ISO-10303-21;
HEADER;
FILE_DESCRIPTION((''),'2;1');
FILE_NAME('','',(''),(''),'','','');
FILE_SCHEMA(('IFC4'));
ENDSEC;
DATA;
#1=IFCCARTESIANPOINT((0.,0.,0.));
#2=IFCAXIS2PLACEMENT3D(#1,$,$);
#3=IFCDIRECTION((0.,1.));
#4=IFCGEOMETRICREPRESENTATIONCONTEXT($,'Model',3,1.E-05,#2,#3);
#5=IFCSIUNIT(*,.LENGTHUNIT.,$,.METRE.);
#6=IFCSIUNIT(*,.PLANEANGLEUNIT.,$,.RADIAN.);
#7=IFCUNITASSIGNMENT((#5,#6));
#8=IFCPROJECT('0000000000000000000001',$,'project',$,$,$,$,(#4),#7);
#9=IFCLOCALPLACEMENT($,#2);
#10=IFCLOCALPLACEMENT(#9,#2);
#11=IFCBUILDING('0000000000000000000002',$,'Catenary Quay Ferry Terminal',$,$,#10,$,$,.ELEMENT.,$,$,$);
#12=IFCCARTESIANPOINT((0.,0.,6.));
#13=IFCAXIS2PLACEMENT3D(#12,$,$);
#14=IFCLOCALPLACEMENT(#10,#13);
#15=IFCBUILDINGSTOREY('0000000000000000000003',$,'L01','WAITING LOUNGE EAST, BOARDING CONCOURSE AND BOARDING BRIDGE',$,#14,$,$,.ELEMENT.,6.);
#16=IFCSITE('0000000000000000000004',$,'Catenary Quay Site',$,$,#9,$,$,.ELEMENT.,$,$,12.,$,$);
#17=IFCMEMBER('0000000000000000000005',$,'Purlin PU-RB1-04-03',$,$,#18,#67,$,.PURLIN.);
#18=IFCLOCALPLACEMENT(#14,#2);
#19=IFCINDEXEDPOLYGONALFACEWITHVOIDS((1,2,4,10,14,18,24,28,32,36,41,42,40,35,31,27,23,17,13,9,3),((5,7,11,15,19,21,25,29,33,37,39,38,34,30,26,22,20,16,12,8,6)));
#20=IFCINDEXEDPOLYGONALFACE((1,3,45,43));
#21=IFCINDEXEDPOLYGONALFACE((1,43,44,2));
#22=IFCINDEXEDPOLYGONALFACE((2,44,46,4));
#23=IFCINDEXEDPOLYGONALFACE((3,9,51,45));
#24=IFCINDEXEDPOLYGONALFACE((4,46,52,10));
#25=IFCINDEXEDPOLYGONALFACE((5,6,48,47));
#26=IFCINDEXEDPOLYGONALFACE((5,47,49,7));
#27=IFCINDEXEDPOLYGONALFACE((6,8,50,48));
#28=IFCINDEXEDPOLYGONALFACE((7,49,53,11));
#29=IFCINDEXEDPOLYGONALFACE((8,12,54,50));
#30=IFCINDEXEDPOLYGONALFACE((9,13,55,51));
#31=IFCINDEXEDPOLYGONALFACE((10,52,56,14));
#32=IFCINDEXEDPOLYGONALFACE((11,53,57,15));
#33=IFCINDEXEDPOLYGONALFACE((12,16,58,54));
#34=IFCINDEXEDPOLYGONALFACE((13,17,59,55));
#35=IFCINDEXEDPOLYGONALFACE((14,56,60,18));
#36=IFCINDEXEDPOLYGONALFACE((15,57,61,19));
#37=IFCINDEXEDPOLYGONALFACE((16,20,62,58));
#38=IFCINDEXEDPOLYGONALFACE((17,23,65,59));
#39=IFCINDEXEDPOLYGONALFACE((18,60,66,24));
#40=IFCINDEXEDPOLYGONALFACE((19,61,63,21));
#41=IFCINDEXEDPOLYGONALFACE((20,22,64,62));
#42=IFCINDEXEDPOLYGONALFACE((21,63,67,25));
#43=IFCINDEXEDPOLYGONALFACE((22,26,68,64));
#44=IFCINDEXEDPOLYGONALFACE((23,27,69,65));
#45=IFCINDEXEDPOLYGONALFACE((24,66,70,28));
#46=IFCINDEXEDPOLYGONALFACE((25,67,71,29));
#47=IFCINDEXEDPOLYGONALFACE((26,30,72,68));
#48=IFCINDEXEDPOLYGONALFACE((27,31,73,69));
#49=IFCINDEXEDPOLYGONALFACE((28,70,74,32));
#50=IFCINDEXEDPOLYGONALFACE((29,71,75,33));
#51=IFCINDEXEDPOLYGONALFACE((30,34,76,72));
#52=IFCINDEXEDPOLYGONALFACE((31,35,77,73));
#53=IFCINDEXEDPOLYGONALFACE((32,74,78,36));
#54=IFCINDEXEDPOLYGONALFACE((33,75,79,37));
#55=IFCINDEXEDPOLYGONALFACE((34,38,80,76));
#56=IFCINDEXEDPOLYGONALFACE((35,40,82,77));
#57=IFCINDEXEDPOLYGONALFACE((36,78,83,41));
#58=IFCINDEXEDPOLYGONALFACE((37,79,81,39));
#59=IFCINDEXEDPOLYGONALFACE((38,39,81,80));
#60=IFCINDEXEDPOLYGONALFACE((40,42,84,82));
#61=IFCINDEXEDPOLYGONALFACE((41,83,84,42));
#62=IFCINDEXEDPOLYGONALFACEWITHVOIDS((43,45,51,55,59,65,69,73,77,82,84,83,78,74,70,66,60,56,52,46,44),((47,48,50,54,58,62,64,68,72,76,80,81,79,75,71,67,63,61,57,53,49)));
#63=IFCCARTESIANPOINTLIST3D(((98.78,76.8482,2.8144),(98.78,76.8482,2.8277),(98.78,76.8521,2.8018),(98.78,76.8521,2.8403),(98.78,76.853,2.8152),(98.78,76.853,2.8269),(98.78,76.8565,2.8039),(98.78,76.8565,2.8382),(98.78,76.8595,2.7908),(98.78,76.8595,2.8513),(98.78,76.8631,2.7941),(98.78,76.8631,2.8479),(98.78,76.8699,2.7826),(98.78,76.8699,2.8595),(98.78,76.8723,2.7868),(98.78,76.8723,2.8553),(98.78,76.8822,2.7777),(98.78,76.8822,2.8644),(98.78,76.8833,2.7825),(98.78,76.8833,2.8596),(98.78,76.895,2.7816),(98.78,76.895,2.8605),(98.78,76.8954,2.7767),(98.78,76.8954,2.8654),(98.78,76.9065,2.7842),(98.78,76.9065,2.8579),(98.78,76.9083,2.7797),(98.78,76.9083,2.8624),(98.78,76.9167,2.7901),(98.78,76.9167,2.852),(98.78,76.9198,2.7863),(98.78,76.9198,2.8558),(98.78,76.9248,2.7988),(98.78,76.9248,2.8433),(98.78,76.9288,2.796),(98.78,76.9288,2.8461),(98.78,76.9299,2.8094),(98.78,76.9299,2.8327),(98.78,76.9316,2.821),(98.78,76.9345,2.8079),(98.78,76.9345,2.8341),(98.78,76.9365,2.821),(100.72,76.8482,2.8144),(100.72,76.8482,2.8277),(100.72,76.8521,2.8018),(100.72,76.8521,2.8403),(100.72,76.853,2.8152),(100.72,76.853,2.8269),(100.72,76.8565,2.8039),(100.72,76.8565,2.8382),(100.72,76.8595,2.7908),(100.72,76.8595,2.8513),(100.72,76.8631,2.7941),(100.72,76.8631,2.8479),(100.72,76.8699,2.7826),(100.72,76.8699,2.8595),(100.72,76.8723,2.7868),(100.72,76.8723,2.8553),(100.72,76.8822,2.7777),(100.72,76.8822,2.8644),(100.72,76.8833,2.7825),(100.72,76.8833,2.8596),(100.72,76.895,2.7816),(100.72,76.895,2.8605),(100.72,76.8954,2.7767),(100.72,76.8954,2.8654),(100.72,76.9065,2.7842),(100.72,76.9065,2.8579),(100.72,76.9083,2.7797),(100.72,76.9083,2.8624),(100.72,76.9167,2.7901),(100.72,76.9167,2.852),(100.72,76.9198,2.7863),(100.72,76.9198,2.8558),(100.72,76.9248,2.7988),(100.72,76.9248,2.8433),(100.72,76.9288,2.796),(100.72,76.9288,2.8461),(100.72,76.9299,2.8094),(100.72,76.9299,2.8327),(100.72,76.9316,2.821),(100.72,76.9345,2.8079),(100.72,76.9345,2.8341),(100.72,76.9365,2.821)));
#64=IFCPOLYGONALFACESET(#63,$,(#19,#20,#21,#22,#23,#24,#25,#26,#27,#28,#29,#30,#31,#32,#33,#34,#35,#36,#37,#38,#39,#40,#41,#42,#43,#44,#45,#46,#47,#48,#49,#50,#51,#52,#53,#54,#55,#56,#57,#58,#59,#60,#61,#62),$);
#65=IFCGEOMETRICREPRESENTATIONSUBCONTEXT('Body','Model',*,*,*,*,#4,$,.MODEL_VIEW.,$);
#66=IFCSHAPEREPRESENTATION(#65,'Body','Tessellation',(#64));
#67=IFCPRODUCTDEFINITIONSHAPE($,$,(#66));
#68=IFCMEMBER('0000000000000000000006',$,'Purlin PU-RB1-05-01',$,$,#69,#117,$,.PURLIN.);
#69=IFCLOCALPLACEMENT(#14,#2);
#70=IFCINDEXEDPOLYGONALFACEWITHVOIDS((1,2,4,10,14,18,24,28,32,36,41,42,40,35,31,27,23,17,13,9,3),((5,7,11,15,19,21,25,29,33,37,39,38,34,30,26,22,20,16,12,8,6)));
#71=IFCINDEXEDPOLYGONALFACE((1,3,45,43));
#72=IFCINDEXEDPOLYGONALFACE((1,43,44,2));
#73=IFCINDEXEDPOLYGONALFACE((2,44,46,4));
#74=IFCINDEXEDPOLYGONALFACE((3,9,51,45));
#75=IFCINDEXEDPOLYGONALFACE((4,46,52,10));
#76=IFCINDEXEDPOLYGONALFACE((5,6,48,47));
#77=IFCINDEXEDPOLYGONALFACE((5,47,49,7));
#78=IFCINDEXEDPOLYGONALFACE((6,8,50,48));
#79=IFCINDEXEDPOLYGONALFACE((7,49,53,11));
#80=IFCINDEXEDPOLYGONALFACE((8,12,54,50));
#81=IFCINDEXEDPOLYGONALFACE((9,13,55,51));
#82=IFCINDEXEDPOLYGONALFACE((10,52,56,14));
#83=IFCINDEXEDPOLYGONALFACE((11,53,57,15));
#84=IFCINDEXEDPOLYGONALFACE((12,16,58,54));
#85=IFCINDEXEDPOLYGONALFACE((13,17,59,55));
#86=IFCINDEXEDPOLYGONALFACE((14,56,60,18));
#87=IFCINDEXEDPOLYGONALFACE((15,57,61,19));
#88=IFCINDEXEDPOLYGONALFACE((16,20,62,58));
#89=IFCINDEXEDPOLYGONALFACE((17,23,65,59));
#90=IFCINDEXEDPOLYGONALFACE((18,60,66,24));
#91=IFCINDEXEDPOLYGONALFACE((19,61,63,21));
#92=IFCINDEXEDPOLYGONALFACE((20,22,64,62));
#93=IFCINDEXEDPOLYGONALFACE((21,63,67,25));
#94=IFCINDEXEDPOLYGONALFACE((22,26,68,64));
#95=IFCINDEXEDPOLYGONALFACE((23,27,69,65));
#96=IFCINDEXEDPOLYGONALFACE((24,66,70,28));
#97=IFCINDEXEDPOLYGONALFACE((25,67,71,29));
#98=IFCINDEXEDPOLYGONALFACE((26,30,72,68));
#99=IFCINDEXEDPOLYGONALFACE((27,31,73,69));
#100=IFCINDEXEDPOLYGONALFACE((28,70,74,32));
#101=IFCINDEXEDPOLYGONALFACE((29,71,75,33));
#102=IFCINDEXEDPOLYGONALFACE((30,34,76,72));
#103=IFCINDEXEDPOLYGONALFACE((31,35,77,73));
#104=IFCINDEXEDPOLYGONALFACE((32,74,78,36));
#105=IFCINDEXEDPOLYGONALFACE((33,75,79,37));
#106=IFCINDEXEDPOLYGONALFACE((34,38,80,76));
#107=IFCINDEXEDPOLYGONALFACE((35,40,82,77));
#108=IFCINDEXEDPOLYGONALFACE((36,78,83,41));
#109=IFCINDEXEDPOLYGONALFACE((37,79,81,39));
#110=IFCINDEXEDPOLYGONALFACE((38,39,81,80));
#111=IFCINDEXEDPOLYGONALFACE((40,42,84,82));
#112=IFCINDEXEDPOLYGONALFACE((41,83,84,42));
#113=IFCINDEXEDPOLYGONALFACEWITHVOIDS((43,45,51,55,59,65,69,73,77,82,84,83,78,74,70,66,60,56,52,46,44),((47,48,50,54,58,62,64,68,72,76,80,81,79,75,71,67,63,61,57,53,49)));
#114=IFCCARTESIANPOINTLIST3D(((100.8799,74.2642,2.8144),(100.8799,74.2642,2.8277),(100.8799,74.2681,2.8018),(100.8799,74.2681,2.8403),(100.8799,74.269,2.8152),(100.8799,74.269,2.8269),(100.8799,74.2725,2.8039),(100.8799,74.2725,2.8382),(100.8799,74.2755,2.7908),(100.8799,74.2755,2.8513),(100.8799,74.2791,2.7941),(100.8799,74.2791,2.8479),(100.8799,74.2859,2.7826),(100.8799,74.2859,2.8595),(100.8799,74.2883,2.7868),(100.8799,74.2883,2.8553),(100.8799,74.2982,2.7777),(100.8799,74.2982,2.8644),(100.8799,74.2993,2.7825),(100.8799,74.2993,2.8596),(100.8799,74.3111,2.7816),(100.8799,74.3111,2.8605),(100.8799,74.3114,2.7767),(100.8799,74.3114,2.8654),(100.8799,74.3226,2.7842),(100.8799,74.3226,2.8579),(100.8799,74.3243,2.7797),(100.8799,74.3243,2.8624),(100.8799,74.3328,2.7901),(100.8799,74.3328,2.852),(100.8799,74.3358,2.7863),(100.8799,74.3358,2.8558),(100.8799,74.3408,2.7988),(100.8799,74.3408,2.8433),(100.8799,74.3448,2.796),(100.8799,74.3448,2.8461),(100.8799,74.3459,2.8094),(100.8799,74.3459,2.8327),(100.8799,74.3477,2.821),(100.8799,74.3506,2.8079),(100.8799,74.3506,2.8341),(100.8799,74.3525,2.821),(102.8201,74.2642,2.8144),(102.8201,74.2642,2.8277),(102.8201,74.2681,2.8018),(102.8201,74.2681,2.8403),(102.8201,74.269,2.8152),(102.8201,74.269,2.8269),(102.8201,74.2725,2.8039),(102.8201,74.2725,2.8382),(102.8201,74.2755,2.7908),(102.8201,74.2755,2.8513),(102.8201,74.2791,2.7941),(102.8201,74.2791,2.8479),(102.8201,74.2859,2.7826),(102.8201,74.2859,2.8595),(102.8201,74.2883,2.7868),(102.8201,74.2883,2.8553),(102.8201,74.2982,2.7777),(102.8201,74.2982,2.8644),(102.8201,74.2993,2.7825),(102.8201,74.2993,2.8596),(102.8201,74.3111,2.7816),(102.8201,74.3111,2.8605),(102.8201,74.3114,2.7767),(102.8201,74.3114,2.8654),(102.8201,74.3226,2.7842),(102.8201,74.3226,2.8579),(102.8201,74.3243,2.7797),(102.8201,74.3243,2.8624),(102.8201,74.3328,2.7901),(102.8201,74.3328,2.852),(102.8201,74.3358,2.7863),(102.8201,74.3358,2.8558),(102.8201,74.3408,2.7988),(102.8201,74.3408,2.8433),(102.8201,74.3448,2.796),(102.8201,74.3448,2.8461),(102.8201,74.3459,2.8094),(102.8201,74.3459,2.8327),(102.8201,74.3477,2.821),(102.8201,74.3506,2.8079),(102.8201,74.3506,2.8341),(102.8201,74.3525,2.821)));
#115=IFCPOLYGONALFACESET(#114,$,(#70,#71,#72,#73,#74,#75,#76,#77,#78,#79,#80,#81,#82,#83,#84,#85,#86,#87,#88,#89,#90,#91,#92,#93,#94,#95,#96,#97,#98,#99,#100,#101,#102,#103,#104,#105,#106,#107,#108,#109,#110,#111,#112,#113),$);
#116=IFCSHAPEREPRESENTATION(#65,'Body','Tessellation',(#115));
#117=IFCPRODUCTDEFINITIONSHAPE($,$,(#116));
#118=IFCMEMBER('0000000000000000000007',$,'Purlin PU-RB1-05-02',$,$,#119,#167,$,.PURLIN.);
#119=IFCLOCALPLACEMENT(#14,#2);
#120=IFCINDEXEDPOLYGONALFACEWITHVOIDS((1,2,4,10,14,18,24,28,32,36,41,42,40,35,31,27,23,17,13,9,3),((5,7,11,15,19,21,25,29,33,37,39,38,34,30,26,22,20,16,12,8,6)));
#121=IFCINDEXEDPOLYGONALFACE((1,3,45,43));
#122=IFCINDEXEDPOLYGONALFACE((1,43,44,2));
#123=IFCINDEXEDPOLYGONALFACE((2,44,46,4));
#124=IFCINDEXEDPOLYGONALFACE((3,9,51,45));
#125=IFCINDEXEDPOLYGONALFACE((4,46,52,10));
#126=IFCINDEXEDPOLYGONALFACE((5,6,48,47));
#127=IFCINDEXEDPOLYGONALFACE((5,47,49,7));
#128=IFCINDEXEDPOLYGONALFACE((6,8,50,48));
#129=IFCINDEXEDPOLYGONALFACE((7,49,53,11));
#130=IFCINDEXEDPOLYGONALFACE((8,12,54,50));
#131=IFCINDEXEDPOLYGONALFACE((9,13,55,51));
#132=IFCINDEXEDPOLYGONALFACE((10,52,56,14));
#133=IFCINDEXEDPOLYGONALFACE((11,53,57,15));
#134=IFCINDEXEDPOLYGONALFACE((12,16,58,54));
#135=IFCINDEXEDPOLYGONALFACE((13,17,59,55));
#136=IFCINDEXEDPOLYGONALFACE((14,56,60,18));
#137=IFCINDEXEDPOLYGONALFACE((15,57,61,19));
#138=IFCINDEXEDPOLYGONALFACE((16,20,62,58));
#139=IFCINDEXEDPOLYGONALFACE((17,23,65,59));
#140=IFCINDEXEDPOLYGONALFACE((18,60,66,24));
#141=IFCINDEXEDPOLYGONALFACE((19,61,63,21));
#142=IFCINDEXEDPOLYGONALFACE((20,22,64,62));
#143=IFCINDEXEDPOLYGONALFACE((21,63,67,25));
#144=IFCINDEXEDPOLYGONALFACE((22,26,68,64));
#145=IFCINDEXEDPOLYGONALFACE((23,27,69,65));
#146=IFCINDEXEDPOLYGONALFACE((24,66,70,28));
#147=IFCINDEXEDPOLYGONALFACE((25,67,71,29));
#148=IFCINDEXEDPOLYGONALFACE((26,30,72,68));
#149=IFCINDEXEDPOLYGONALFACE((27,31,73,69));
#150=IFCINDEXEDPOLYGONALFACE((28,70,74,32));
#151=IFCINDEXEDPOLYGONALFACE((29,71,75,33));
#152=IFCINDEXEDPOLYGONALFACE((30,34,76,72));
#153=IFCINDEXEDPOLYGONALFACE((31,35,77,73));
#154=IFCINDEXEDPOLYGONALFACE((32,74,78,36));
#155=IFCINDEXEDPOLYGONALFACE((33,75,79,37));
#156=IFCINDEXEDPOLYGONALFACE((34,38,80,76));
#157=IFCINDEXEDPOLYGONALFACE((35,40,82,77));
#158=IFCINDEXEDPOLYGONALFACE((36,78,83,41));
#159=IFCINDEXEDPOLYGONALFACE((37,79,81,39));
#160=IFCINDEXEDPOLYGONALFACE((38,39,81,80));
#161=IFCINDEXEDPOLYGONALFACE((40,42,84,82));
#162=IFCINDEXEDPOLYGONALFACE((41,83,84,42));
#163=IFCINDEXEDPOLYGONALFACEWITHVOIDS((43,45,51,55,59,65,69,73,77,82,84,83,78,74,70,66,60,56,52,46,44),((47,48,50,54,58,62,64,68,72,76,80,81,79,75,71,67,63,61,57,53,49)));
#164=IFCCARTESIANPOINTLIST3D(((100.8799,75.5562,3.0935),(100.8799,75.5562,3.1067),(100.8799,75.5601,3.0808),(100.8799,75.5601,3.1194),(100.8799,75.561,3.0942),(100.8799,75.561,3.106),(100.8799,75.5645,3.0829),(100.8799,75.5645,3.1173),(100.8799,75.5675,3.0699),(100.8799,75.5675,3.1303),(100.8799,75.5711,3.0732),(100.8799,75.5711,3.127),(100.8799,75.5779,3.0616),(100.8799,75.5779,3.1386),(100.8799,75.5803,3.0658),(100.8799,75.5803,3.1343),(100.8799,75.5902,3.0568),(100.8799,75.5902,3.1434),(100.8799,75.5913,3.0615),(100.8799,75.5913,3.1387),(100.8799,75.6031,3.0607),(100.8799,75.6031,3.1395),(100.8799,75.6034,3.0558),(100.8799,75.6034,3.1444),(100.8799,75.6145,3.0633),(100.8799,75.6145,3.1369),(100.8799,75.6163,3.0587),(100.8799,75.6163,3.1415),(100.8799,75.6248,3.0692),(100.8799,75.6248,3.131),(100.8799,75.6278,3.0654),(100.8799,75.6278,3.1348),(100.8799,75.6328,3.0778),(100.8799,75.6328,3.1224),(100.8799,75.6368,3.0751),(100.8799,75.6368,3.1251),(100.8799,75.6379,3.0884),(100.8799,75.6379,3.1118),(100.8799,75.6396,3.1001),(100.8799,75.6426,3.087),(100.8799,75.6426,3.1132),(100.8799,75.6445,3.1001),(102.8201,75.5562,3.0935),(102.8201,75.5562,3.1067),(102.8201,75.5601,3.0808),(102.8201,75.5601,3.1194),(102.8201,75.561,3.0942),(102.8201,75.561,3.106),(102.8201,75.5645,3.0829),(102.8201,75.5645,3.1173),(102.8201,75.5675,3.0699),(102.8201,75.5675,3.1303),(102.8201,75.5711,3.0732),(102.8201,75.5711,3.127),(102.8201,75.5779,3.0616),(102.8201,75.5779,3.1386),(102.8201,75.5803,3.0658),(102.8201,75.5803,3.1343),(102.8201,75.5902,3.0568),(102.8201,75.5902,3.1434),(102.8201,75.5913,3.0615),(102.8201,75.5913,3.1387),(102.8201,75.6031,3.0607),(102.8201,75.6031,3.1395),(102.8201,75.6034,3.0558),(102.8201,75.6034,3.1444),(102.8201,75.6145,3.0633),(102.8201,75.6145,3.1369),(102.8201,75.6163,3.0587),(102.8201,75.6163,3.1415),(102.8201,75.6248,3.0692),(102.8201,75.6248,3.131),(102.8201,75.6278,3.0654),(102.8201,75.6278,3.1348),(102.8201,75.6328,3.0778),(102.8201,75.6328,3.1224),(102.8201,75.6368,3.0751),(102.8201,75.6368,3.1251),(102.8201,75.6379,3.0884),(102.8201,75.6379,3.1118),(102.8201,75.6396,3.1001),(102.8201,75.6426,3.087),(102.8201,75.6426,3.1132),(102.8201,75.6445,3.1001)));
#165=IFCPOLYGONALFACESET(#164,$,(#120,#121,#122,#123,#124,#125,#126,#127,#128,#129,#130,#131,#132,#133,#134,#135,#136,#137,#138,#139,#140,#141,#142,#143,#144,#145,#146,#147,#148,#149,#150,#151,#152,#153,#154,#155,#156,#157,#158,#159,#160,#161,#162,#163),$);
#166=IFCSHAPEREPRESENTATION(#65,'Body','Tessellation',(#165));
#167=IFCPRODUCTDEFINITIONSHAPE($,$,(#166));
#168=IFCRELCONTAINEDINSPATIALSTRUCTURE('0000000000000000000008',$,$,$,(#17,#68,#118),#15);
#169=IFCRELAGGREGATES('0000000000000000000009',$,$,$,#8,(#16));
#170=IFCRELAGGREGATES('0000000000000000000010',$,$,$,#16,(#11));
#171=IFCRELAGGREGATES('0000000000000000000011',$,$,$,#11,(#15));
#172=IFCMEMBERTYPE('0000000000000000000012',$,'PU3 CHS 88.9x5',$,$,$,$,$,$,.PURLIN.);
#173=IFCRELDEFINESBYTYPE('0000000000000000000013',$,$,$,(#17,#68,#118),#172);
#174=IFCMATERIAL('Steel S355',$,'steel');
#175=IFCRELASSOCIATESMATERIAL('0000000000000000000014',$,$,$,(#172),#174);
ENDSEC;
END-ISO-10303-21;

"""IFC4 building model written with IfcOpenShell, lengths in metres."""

from ifc_helpers import new_model, si_unit, direction, frame, origin, origin_2d, place, context, subcontext, project, spatial, hollow_circle, extrude, material, material_profile, profile_set, type_object, element, save


model = new_model("IFC4")

# Units and contexts
model_context = context("Model", 3, precision=1e-05, world=origin(), true_north=direction((0.0, 1.0)))
body_context = subcontext(model_context, "Body", "Model", "MODEL_VIEW")
ifc_project = project(units=[si_unit("LENGTHUNIT", "METRE"), si_unit("PLANEANGLEUNIT", "RADIAN")], contexts=[model_context])

# Site, building, storey
site_placement = place(None, origin())
site = spatial("IfcSite", under=ifc_project, at=site_placement, Name="Catenary Quay Site", CompositionType="ELEMENT", RefElevation=12.0)
building_placement = place(site_placement, origin())
building = spatial("IfcBuilding", under=site, at=building_placement, Name="Catenary Quay Ferry Terminal", CompositionType="ELEMENT")
storey_placement = place(building_placement, frame((0.0, 0.0, 6.0)))
storey = spatial("IfcBuildingStorey", under=building, at=storey_placement, Name="L01", Description="WAITING LOUNGE EAST, BOARDING CONCOURSE AND BOARDING BRIDGE", CompositionType="ELEMENT", Elevation=6.0)

# Members
ifc_material_1 = material(Name="Steel S355", Category="steel")
ifc_material_profile_1 = material_profile(ifc_material_1, hollow_circle(Radius=0.0444, WallThickness=0.0049, at=origin_2d()), Name="CHS 88.9x5")
ifc_profile_set_1 = profile_set([ifc_material_profile_1], Name="Steel S355")
member_type_1 = type_object("IfcMemberType", Name="PU3 CHS 88.9x5", PredefinedType="PURLIN", material=ifc_profile_set_1)
for number, where, z_axis, x_axis, name in (
    (1, (98.78, 76.8921, 2.821), (1.0, 0.0, 0.0), (0.0, 1.0, 0.0), "Purlin PU-RB1-04-03"),
):
    element("IfcMember", number, at=place(storey_placement, frame(where, z_axis=z_axis, x_axis=x_axis)), inside=storey, type_object=member_type_1, Name=name, PredefinedType="PURLIN", context=body_context, shape_type="SweptSolid", body=[
        extrude(hollow_circle(Radius=0.0444, WallThickness=0.0049, at=origin_2d()), origin(), (0.0, 0.0, 1.0), 1.9399),
    ])
for number, where, z_axis, x_axis, name in (
    (2, (100.8799, 74.3081, 2.821), (1.0, 0.0, 0.0), (0.0, 1.0, 0.0), "Purlin PU-RB1-05-01"),
    (3, (100.8799, 75.6001, 3.1001), (1.0, 0.0, 0.0), (0.0, 1.0, 0.0), "Purlin PU-RB1-05-02"),
):
    element("IfcMember", number, at=place(storey_placement, frame(where, z_axis=z_axis, x_axis=x_axis)), inside=storey, type_object=member_type_1, Name=name, PredefinedType="PURLIN", context=body_context, shape_type="SweptSolid", body=[
        extrude(hollow_circle(Radius=0.0444, WallThickness=0.0049, at=origin_2d()), origin(), (0.0, 0.0, 1.0), 1.9402),
    ])

save(model, "model.ifc")
